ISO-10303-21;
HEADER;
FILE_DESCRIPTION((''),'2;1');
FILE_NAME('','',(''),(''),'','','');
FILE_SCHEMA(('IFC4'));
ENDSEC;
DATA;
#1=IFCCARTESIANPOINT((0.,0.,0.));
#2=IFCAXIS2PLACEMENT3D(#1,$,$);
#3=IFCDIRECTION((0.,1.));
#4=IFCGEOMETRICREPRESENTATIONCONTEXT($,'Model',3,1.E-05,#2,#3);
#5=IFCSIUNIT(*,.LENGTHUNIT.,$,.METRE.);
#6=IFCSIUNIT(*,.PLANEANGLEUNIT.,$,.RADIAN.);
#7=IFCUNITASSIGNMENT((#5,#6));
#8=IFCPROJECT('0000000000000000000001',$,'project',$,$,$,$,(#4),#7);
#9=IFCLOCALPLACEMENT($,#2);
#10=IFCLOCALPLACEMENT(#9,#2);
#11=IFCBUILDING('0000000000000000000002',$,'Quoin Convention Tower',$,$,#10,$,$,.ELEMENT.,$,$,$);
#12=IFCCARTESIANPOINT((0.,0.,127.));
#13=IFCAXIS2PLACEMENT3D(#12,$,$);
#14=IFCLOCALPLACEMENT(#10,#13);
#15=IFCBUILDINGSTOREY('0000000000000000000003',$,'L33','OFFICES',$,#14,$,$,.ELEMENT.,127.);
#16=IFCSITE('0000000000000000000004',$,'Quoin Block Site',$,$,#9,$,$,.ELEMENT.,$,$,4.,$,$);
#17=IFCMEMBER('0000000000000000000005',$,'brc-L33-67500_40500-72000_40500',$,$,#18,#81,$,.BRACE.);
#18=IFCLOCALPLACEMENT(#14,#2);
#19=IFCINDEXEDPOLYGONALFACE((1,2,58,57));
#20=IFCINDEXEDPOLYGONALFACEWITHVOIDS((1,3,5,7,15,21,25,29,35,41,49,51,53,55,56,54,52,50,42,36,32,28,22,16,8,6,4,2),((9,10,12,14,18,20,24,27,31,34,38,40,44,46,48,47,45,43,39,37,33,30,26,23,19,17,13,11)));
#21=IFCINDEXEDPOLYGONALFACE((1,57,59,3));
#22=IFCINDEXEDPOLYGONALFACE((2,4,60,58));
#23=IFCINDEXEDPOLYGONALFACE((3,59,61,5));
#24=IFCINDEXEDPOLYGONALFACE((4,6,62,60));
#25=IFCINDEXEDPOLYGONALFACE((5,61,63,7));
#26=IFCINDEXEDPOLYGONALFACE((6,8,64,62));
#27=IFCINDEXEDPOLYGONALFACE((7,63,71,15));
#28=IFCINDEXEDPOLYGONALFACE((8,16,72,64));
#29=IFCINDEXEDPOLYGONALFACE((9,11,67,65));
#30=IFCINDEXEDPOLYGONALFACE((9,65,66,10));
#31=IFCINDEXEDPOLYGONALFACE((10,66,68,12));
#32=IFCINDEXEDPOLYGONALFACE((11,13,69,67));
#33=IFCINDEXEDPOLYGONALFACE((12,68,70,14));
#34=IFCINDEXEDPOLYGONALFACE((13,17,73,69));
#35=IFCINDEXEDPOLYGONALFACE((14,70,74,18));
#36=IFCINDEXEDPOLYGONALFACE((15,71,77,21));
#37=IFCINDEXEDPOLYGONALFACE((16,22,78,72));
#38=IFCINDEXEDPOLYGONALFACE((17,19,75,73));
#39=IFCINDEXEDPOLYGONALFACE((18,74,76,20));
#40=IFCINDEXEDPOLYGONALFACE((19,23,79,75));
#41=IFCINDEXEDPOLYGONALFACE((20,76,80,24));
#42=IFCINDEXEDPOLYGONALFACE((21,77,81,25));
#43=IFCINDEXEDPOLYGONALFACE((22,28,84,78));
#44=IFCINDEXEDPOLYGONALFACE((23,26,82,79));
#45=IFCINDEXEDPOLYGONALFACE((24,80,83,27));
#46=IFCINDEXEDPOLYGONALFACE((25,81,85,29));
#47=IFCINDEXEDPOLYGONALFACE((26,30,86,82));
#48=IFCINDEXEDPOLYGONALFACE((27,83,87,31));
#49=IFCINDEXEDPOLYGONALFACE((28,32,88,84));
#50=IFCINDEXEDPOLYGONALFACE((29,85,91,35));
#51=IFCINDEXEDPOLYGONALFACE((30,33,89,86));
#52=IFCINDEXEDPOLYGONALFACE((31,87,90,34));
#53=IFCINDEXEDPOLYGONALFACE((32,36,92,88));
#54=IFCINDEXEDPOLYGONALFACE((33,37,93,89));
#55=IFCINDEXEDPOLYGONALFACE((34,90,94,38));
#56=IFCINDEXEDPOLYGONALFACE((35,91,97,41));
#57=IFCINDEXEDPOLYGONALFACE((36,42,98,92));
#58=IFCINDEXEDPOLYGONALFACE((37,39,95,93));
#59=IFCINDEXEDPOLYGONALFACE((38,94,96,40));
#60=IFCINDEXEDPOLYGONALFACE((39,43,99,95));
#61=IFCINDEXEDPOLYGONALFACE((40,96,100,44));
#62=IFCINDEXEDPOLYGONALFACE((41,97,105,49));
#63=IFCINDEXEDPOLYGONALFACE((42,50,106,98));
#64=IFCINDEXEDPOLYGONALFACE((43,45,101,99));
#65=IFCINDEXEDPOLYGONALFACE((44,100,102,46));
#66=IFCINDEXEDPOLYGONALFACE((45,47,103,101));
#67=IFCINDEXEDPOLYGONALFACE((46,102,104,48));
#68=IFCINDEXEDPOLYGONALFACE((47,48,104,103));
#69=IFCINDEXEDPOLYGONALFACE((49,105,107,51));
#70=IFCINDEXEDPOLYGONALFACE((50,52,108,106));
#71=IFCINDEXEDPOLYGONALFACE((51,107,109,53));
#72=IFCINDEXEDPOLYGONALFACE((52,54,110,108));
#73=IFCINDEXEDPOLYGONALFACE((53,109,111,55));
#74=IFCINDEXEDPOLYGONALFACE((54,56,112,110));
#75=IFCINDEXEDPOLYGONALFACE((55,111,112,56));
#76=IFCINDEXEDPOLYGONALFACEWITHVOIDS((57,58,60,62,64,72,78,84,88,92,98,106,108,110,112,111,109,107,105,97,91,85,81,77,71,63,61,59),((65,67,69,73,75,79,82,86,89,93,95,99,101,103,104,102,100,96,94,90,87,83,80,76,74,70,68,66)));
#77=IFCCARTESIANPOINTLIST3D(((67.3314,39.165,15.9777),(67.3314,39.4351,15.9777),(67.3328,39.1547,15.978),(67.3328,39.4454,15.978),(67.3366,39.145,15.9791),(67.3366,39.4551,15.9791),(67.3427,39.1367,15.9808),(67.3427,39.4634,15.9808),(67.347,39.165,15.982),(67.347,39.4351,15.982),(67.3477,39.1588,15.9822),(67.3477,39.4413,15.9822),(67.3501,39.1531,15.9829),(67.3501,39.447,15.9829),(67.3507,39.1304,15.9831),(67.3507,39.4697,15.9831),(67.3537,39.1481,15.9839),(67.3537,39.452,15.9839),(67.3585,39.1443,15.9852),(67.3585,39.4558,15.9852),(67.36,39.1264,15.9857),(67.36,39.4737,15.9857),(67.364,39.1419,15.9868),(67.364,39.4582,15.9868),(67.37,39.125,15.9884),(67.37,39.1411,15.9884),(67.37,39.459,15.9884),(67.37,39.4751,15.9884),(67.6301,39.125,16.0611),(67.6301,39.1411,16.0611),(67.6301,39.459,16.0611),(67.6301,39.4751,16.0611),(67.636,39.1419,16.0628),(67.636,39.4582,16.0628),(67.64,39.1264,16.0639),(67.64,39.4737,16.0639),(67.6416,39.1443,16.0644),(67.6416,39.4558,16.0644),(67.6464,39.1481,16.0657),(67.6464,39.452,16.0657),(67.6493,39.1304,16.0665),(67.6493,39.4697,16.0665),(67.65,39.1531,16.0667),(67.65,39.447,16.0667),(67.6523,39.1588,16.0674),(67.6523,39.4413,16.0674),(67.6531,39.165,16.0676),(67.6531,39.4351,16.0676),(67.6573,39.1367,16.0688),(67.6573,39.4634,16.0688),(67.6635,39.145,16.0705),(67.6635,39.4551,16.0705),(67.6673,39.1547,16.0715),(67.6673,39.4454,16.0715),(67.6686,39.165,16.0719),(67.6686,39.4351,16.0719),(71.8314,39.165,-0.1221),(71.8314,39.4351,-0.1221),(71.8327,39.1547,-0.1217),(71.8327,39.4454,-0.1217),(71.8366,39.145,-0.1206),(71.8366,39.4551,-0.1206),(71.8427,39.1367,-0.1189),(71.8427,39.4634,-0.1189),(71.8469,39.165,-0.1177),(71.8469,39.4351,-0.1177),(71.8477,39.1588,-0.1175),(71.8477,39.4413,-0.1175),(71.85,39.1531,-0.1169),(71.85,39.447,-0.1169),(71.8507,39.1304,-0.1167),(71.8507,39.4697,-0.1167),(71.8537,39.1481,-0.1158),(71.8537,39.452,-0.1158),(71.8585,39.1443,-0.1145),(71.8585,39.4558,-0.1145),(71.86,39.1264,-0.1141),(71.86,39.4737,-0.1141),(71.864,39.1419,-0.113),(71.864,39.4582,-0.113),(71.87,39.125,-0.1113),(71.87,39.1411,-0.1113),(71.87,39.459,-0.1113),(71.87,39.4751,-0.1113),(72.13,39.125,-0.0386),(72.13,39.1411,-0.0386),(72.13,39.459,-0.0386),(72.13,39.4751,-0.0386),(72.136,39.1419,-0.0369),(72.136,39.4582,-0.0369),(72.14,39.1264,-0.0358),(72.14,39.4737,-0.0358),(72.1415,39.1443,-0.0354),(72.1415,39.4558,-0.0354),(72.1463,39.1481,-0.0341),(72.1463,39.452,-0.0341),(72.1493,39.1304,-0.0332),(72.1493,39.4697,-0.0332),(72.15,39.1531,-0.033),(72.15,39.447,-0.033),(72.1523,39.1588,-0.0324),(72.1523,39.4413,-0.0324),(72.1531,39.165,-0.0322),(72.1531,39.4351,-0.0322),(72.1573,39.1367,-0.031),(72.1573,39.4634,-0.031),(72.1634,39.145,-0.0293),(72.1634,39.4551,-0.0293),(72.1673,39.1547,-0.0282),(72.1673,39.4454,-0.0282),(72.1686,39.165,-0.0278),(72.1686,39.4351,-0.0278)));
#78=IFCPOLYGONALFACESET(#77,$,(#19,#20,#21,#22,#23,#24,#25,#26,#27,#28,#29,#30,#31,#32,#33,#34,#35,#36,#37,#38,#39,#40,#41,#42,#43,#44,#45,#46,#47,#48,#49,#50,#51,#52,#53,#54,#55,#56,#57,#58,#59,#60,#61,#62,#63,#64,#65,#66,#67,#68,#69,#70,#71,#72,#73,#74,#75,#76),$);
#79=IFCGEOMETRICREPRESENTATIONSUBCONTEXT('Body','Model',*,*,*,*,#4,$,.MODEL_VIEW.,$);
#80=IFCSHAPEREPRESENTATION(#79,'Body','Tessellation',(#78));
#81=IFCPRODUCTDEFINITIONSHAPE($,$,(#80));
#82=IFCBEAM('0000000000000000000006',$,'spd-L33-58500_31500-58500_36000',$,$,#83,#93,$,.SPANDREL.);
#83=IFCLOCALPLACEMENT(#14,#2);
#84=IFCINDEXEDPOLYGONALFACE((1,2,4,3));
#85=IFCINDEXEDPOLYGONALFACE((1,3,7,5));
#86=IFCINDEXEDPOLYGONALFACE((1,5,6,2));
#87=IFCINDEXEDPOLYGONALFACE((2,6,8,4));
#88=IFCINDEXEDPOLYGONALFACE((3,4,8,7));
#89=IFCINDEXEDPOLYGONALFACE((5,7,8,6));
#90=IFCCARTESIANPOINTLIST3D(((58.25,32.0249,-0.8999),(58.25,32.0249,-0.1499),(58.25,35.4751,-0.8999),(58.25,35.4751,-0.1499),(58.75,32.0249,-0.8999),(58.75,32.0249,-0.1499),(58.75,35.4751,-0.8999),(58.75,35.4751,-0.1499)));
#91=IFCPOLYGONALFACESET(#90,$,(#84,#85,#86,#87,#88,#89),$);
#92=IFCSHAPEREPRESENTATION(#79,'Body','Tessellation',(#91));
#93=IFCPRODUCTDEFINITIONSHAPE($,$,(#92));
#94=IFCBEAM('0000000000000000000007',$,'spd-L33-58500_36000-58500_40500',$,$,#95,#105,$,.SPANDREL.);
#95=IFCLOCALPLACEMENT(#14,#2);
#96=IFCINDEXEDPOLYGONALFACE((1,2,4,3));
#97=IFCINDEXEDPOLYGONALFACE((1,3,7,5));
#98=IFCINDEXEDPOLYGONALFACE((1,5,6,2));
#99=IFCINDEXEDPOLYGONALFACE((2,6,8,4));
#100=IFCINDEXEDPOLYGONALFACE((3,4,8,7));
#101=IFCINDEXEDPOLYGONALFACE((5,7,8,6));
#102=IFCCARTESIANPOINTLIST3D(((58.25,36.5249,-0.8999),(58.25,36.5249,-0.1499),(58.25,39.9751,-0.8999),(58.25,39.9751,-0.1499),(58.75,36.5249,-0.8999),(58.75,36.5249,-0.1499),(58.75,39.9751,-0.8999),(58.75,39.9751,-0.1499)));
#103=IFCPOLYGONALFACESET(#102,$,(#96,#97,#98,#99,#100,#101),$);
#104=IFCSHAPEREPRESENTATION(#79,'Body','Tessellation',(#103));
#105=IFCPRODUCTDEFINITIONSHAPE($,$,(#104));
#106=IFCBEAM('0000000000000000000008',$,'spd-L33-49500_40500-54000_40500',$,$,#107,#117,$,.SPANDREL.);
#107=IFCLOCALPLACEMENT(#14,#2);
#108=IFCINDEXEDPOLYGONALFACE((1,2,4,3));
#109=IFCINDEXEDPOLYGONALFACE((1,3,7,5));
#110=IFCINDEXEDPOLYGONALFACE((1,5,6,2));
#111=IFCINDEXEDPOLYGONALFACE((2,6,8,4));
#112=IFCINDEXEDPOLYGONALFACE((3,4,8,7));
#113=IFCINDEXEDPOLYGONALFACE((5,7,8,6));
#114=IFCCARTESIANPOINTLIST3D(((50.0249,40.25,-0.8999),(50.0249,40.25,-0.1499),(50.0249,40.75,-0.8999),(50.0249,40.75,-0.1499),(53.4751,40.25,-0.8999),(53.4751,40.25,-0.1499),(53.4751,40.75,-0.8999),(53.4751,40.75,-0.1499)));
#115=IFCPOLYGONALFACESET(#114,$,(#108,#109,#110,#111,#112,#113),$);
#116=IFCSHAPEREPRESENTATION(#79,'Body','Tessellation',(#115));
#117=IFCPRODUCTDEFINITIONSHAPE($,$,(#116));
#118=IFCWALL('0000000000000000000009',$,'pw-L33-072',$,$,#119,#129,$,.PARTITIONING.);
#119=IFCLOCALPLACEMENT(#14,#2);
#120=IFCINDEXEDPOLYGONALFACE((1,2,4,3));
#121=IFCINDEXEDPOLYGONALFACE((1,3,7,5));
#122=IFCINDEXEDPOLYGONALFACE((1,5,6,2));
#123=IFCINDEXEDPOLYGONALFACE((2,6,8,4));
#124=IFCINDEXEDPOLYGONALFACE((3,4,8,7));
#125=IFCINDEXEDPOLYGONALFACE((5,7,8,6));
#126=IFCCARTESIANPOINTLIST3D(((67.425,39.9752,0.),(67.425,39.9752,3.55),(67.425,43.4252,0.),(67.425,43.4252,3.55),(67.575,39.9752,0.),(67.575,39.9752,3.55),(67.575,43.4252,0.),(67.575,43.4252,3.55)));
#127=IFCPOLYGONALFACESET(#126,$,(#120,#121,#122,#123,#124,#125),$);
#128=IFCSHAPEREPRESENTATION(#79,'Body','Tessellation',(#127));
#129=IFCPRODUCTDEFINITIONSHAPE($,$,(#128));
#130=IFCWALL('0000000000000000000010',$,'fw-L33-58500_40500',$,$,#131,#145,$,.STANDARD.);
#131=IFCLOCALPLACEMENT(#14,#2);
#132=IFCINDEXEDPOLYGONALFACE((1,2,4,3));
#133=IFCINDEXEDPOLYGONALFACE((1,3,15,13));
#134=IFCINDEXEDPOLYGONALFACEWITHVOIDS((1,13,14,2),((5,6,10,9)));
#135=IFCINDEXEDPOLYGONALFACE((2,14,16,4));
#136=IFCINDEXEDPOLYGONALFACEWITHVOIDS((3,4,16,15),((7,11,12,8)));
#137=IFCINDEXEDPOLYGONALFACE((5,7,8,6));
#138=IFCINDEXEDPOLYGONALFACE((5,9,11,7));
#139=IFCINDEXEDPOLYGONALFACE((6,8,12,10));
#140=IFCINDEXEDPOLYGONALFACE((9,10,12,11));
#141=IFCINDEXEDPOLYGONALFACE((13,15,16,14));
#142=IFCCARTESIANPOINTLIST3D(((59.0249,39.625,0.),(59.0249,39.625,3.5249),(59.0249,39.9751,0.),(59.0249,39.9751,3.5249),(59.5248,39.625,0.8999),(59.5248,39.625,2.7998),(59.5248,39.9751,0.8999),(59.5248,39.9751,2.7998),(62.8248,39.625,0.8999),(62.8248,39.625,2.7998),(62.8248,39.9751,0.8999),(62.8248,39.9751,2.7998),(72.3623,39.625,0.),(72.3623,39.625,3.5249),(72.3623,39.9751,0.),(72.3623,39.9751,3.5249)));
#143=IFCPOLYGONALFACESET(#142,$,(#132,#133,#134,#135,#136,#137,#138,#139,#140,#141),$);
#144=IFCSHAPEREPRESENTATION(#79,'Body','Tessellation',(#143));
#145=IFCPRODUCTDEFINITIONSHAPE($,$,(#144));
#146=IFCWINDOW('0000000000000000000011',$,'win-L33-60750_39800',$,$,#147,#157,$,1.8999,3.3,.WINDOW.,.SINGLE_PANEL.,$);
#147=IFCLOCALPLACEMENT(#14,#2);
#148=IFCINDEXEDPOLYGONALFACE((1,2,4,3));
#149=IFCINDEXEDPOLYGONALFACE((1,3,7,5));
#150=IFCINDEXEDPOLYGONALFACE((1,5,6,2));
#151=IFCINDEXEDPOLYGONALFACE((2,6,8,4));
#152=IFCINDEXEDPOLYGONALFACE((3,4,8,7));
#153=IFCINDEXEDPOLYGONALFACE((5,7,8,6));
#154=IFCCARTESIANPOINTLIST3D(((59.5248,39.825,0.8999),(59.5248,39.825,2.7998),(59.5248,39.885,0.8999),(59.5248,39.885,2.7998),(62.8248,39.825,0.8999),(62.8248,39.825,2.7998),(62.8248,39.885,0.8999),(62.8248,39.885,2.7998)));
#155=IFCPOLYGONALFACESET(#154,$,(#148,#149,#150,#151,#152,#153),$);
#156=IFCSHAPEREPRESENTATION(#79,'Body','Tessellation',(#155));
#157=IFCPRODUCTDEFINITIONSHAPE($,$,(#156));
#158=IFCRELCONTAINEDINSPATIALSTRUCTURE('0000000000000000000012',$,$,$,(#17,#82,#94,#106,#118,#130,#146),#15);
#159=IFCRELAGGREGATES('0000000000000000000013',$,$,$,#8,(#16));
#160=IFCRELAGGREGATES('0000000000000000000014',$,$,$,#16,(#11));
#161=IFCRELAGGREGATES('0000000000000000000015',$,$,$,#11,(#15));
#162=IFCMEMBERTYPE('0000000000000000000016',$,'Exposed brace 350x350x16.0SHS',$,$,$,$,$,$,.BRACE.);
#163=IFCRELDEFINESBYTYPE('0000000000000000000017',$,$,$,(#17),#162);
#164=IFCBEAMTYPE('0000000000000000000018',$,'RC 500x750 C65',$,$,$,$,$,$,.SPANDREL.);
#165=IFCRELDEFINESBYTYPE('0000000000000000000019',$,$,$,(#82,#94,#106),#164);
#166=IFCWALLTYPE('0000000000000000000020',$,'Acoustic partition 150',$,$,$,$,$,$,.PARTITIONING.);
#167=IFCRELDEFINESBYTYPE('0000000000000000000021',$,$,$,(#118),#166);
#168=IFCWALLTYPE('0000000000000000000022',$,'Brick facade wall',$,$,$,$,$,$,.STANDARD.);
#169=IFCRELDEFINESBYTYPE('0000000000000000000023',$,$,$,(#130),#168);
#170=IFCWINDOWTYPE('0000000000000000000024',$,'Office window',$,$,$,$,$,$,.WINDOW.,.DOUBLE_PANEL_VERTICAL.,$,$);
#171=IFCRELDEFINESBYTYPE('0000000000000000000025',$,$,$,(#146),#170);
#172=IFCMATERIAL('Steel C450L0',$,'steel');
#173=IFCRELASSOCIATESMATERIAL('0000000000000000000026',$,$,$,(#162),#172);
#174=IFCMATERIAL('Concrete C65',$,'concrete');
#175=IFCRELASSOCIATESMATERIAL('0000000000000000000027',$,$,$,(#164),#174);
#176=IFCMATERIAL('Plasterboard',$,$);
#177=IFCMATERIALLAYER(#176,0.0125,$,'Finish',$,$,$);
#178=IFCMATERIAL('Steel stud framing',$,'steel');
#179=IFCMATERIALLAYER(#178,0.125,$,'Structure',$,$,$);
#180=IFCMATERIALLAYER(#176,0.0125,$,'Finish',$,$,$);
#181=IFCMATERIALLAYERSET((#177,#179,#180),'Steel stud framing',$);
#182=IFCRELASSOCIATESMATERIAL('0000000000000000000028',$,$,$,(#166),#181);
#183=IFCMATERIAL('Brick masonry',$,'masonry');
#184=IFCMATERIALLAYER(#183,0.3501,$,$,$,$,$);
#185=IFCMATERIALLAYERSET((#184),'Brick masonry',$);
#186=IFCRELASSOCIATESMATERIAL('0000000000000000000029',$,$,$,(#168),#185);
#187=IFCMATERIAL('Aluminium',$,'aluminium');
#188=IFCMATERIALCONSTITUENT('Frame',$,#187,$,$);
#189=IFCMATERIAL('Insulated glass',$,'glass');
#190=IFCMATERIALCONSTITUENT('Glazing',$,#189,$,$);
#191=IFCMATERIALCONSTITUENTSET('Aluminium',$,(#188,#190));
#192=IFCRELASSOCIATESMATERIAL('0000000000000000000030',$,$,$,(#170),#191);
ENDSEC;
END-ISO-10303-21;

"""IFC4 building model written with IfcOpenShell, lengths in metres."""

from ifc_helpers import new_model, si_unit, direction, frame, frame_2d, origin, origin_2d, place, context, subcontext, project, spatial, rectangle, hollow_rectangle, extrude, material, layer, layer_set, constituent, constituent_set, material_profile, profile_set, type_object, element, fill, save


model = new_model("IFC4")

# Units and contexts
model_context = context("Model", 3, precision=1e-05, world=origin(), true_north=direction((0.0, 1.0)))
body_context = subcontext(model_context, "Body", "Model", "MODEL_VIEW")
ifc_project = project(units=[si_unit("LENGTHUNIT", "METRE"), si_unit("PLANEANGLEUNIT", "RADIAN")], contexts=[model_context])

# Site, building, storey
site_placement = place(None, origin())
site = spatial("IfcSite", under=ifc_project, at=site_placement, Name="Quoin Block Site", CompositionType="ELEMENT", RefElevation=4.0)
building_placement = place(site_placement, origin())
building = spatial("IfcBuilding", under=site, at=building_placement, Name="Quoin Convention Tower", CompositionType="ELEMENT")
storey_placement = place(building_placement, frame((0.0, 0.0, 127.0)))
storey = spatial("IfcBuildingStorey", under=building, at=storey_placement, Name="L33", Description="OFFICES", CompositionType="ELEMENT", Elevation=127.0)

# Shared definitions
ifc_material_1 = material(Name="Concrete C65", Category="concrete")

# Member
ifc_material_2 = material(Name="Steel C450L0", Category="steel")
ifc_material_profile_1 = material_profile(ifc_material_2, hollow_rectangle(XDim=0.3501, YDim=0.3501, WallThickness=0.0161, InnerFilletRadius=0.0239, OuterFilletRadius=0.04, at=origin_2d()), Name="350x350x16.0SHS")
ifc_profile_set_1 = profile_set([ifc_material_profile_1], Name="Steel C450L0")
member_type = type_object("IfcMemberType", Name="Exposed brace 350x350x16.0SHS", PredefinedType="BRACE", material=ifc_profile_set_1)
for number, where, z_axis, x_axis, name in (
    (1, (72.0, 39.3, -0.075), (-0.269188, 0.0, 0.963088), (0.0, -1.0, 0.0), "brc-L33-67500_40500-72000_40500"),
):
    element("IfcMember", number, at=place(storey_placement, frame(where, z_axis=z_axis, x_axis=x_axis)), inside=storey, type_object=member_type, Name=name, PredefinedType="BRACE", context=body_context, shape_type="SweptSolid", body=[
        extrude(hollow_rectangle(XDim=0.3501, YDim=0.3501, WallThickness=0.0161, InnerFilletRadius=0.0239, OuterFilletRadius=0.04, at=origin_2d()), origin(), (0.0, 0.0, 1.0), 16.7168),
    ])

# Beams
ifc_material_profile_2 = material_profile(ifc_material_1, rectangle(XDim=0.5, YDim=0.75, at=origin_2d()), Name="RC 500x750")
ifc_profile_set_2 = profile_set([ifc_material_profile_2], Name="Concrete C65")
beam_type = type_object("IfcBeamType", Name="RC 500x750 C65", PredefinedType="SPANDREL", material=ifc_profile_set_2)
for number, where, z_axis, x_axis, name in (
    (2, (58.5, 32.0249, -0.5249), (0.0, 1.0, 0.0), (-1.0, 0.0, 0.0), "spd-L33-58500_31500-58500_36000"),
    (3, (58.5, 36.5249, -0.5249), (0.0, 1.0, 0.0), (-1.0, 0.0, 0.0), "spd-L33-58500_36000-58500_40500"),
    (4, (50.0249, 40.5, -0.5249), (1.0, 0.0, 0.0), (0.0, 1.0, 0.0), "spd-L33-49500_40500-54000_40500"),
):
    element("IfcBeam", number, at=place(storey_placement, frame(where, z_axis=z_axis, x_axis=x_axis)), inside=storey, type_object=beam_type, Name=name, PredefinedType="SPANDREL", context=body_context, shape_type="SweptSolid", body=[
        extrude(rectangle(XDim=0.5, YDim=0.75, at=origin_2d()), origin(), (0.0, 0.0, 1.0), 3.4502),
    ])

# Wall
ifc_material_3 = material(Name="Plasterboard")
ifc_layer_1 = layer(ifc_material_3, 0.0125, Name="Finish")
ifc_material_4 = material(Name="Steel stud framing", Category="steel")
ifc_layer_2 = layer(ifc_material_4, 0.125, Name="Structure")
ifc_layer_3 = layer(ifc_material_3, 0.0125, Name="Finish")
ifc_layer_set_1 = layer_set([ifc_layer_1, ifc_layer_2, ifc_layer_3], Name="Steel stud framing")
wall_type_1 = type_object("IfcWallType", Name="Acoustic partition 150", PredefinedType="PARTITIONING", material=ifc_layer_set_1)
wall_1_placement = place(storey_placement, frame((67.5, 39.9751, 0.0), z_axis=(0.0, 0.0, 1.0), x_axis=(0.0, 1.0, 0.0)))
element("IfcWall", 5, at=wall_1_placement, inside=storey, type_object=wall_type_1, Name="pw-L33-072", PredefinedType="PARTITIONING", context=body_context, shape_type="SweptSolid", body=[
    extrude(rectangle(XDim=3.45, YDim=0.1499, at=frame_2d((1.7251, 0.0))), origin(), (0.0, 0.0, 1.0), 3.55),
])

# Wall, opening, window
ifc_material_5 = material(Name="Brick masonry", Category="masonry")
ifc_layer_4 = layer(ifc_material_5, 0.3501)
ifc_layer_set_2 = layer_set([ifc_layer_4], Name="Brick masonry")
wall_type_2 = type_object("IfcWallType", Name="Brick facade wall", PredefinedType="STANDARD", material=ifc_layer_set_2)
wall_2_placement = place(storey_placement, frame((59.0249, 39.8, 0.0), z_axis=(0.0, 0.0, 1.0), x_axis=(1.0, 0.0, 0.0)))
wall_2 = element("IfcWall", 6, at=wall_2_placement, inside=storey, type_object=wall_type_2, Name="fw-L33-58500_40500", PredefinedType="STANDARD", context=body_context, shape_type="SweptSolid", body=[
    extrude(rectangle(XDim=13.3374, YDim=0.3501, at=frame_2d((6.6687, 0.0))), origin(), (0.0, 0.0, 1.0), 3.5249),
])
opening_1_placement = place(wall_2_placement, frame((0.5, 0.0, 0.8999)))
opening_1 = element("IfcOpeningElement", 7, at=opening_1_placement, cuts=wall_2, PredefinedType="OPENING", context=body_context, shape_type="SweptSolid", body=[
    extrude(rectangle(XDim=3.3, YDim=1.8999, at=frame_2d((1.6499, 0.95))), frame((0.0, 0.1851, 0.0), z_axis=(0.0, -1.0, 0.0), x_axis=(1.0, 0.0, 0.0)), (0.0, 0.0, 1.0), 0.3701),
])
ifc_material_6 = material(Name="Aluminium", Category="aluminium")
ifc_constituent_1 = constituent(ifc_material_6, Name="Frame")
ifc_material_7 = material(Name="Insulated glass", Category="glass")
ifc_constituent_2 = constituent(ifc_material_7, Name="Glazing")
ifc_constituent_set = constituent_set(constituents=[ifc_constituent_1, ifc_constituent_2], Name="Aluminium")
window_type = type_object("IfcWindowType", Name="Office window", PartitioningType="DOUBLE_PANEL_VERTICAL", PredefinedType="WINDOW", material=ifc_constituent_set)
window_1_placement = place(opening_1_placement, origin())
window_1 = element("IfcWindow", 8, at=window_1_placement, inside=storey, type_object=window_type, Name="win-L33-60750_39800", OverallHeight=1.8999, OverallWidth=3.3, PartitioningType="SINGLE_PANEL", PredefinedType="WINDOW", context=body_context, shape_type="SweptSolid", body=[
    extrude(rectangle(XDim=3.3, YDim=1.8999, at=frame_2d((1.6499, 0.95))), frame((0.0, 0.085, 0.0), z_axis=(0.0, -1.0, 0.0), x_axis=(1.0, 0.0, 0.0)), (0.0, 0.0, 1.0), 0.0601),
])
fill(opening_1, window_1)

save(model, "model.ifc")
